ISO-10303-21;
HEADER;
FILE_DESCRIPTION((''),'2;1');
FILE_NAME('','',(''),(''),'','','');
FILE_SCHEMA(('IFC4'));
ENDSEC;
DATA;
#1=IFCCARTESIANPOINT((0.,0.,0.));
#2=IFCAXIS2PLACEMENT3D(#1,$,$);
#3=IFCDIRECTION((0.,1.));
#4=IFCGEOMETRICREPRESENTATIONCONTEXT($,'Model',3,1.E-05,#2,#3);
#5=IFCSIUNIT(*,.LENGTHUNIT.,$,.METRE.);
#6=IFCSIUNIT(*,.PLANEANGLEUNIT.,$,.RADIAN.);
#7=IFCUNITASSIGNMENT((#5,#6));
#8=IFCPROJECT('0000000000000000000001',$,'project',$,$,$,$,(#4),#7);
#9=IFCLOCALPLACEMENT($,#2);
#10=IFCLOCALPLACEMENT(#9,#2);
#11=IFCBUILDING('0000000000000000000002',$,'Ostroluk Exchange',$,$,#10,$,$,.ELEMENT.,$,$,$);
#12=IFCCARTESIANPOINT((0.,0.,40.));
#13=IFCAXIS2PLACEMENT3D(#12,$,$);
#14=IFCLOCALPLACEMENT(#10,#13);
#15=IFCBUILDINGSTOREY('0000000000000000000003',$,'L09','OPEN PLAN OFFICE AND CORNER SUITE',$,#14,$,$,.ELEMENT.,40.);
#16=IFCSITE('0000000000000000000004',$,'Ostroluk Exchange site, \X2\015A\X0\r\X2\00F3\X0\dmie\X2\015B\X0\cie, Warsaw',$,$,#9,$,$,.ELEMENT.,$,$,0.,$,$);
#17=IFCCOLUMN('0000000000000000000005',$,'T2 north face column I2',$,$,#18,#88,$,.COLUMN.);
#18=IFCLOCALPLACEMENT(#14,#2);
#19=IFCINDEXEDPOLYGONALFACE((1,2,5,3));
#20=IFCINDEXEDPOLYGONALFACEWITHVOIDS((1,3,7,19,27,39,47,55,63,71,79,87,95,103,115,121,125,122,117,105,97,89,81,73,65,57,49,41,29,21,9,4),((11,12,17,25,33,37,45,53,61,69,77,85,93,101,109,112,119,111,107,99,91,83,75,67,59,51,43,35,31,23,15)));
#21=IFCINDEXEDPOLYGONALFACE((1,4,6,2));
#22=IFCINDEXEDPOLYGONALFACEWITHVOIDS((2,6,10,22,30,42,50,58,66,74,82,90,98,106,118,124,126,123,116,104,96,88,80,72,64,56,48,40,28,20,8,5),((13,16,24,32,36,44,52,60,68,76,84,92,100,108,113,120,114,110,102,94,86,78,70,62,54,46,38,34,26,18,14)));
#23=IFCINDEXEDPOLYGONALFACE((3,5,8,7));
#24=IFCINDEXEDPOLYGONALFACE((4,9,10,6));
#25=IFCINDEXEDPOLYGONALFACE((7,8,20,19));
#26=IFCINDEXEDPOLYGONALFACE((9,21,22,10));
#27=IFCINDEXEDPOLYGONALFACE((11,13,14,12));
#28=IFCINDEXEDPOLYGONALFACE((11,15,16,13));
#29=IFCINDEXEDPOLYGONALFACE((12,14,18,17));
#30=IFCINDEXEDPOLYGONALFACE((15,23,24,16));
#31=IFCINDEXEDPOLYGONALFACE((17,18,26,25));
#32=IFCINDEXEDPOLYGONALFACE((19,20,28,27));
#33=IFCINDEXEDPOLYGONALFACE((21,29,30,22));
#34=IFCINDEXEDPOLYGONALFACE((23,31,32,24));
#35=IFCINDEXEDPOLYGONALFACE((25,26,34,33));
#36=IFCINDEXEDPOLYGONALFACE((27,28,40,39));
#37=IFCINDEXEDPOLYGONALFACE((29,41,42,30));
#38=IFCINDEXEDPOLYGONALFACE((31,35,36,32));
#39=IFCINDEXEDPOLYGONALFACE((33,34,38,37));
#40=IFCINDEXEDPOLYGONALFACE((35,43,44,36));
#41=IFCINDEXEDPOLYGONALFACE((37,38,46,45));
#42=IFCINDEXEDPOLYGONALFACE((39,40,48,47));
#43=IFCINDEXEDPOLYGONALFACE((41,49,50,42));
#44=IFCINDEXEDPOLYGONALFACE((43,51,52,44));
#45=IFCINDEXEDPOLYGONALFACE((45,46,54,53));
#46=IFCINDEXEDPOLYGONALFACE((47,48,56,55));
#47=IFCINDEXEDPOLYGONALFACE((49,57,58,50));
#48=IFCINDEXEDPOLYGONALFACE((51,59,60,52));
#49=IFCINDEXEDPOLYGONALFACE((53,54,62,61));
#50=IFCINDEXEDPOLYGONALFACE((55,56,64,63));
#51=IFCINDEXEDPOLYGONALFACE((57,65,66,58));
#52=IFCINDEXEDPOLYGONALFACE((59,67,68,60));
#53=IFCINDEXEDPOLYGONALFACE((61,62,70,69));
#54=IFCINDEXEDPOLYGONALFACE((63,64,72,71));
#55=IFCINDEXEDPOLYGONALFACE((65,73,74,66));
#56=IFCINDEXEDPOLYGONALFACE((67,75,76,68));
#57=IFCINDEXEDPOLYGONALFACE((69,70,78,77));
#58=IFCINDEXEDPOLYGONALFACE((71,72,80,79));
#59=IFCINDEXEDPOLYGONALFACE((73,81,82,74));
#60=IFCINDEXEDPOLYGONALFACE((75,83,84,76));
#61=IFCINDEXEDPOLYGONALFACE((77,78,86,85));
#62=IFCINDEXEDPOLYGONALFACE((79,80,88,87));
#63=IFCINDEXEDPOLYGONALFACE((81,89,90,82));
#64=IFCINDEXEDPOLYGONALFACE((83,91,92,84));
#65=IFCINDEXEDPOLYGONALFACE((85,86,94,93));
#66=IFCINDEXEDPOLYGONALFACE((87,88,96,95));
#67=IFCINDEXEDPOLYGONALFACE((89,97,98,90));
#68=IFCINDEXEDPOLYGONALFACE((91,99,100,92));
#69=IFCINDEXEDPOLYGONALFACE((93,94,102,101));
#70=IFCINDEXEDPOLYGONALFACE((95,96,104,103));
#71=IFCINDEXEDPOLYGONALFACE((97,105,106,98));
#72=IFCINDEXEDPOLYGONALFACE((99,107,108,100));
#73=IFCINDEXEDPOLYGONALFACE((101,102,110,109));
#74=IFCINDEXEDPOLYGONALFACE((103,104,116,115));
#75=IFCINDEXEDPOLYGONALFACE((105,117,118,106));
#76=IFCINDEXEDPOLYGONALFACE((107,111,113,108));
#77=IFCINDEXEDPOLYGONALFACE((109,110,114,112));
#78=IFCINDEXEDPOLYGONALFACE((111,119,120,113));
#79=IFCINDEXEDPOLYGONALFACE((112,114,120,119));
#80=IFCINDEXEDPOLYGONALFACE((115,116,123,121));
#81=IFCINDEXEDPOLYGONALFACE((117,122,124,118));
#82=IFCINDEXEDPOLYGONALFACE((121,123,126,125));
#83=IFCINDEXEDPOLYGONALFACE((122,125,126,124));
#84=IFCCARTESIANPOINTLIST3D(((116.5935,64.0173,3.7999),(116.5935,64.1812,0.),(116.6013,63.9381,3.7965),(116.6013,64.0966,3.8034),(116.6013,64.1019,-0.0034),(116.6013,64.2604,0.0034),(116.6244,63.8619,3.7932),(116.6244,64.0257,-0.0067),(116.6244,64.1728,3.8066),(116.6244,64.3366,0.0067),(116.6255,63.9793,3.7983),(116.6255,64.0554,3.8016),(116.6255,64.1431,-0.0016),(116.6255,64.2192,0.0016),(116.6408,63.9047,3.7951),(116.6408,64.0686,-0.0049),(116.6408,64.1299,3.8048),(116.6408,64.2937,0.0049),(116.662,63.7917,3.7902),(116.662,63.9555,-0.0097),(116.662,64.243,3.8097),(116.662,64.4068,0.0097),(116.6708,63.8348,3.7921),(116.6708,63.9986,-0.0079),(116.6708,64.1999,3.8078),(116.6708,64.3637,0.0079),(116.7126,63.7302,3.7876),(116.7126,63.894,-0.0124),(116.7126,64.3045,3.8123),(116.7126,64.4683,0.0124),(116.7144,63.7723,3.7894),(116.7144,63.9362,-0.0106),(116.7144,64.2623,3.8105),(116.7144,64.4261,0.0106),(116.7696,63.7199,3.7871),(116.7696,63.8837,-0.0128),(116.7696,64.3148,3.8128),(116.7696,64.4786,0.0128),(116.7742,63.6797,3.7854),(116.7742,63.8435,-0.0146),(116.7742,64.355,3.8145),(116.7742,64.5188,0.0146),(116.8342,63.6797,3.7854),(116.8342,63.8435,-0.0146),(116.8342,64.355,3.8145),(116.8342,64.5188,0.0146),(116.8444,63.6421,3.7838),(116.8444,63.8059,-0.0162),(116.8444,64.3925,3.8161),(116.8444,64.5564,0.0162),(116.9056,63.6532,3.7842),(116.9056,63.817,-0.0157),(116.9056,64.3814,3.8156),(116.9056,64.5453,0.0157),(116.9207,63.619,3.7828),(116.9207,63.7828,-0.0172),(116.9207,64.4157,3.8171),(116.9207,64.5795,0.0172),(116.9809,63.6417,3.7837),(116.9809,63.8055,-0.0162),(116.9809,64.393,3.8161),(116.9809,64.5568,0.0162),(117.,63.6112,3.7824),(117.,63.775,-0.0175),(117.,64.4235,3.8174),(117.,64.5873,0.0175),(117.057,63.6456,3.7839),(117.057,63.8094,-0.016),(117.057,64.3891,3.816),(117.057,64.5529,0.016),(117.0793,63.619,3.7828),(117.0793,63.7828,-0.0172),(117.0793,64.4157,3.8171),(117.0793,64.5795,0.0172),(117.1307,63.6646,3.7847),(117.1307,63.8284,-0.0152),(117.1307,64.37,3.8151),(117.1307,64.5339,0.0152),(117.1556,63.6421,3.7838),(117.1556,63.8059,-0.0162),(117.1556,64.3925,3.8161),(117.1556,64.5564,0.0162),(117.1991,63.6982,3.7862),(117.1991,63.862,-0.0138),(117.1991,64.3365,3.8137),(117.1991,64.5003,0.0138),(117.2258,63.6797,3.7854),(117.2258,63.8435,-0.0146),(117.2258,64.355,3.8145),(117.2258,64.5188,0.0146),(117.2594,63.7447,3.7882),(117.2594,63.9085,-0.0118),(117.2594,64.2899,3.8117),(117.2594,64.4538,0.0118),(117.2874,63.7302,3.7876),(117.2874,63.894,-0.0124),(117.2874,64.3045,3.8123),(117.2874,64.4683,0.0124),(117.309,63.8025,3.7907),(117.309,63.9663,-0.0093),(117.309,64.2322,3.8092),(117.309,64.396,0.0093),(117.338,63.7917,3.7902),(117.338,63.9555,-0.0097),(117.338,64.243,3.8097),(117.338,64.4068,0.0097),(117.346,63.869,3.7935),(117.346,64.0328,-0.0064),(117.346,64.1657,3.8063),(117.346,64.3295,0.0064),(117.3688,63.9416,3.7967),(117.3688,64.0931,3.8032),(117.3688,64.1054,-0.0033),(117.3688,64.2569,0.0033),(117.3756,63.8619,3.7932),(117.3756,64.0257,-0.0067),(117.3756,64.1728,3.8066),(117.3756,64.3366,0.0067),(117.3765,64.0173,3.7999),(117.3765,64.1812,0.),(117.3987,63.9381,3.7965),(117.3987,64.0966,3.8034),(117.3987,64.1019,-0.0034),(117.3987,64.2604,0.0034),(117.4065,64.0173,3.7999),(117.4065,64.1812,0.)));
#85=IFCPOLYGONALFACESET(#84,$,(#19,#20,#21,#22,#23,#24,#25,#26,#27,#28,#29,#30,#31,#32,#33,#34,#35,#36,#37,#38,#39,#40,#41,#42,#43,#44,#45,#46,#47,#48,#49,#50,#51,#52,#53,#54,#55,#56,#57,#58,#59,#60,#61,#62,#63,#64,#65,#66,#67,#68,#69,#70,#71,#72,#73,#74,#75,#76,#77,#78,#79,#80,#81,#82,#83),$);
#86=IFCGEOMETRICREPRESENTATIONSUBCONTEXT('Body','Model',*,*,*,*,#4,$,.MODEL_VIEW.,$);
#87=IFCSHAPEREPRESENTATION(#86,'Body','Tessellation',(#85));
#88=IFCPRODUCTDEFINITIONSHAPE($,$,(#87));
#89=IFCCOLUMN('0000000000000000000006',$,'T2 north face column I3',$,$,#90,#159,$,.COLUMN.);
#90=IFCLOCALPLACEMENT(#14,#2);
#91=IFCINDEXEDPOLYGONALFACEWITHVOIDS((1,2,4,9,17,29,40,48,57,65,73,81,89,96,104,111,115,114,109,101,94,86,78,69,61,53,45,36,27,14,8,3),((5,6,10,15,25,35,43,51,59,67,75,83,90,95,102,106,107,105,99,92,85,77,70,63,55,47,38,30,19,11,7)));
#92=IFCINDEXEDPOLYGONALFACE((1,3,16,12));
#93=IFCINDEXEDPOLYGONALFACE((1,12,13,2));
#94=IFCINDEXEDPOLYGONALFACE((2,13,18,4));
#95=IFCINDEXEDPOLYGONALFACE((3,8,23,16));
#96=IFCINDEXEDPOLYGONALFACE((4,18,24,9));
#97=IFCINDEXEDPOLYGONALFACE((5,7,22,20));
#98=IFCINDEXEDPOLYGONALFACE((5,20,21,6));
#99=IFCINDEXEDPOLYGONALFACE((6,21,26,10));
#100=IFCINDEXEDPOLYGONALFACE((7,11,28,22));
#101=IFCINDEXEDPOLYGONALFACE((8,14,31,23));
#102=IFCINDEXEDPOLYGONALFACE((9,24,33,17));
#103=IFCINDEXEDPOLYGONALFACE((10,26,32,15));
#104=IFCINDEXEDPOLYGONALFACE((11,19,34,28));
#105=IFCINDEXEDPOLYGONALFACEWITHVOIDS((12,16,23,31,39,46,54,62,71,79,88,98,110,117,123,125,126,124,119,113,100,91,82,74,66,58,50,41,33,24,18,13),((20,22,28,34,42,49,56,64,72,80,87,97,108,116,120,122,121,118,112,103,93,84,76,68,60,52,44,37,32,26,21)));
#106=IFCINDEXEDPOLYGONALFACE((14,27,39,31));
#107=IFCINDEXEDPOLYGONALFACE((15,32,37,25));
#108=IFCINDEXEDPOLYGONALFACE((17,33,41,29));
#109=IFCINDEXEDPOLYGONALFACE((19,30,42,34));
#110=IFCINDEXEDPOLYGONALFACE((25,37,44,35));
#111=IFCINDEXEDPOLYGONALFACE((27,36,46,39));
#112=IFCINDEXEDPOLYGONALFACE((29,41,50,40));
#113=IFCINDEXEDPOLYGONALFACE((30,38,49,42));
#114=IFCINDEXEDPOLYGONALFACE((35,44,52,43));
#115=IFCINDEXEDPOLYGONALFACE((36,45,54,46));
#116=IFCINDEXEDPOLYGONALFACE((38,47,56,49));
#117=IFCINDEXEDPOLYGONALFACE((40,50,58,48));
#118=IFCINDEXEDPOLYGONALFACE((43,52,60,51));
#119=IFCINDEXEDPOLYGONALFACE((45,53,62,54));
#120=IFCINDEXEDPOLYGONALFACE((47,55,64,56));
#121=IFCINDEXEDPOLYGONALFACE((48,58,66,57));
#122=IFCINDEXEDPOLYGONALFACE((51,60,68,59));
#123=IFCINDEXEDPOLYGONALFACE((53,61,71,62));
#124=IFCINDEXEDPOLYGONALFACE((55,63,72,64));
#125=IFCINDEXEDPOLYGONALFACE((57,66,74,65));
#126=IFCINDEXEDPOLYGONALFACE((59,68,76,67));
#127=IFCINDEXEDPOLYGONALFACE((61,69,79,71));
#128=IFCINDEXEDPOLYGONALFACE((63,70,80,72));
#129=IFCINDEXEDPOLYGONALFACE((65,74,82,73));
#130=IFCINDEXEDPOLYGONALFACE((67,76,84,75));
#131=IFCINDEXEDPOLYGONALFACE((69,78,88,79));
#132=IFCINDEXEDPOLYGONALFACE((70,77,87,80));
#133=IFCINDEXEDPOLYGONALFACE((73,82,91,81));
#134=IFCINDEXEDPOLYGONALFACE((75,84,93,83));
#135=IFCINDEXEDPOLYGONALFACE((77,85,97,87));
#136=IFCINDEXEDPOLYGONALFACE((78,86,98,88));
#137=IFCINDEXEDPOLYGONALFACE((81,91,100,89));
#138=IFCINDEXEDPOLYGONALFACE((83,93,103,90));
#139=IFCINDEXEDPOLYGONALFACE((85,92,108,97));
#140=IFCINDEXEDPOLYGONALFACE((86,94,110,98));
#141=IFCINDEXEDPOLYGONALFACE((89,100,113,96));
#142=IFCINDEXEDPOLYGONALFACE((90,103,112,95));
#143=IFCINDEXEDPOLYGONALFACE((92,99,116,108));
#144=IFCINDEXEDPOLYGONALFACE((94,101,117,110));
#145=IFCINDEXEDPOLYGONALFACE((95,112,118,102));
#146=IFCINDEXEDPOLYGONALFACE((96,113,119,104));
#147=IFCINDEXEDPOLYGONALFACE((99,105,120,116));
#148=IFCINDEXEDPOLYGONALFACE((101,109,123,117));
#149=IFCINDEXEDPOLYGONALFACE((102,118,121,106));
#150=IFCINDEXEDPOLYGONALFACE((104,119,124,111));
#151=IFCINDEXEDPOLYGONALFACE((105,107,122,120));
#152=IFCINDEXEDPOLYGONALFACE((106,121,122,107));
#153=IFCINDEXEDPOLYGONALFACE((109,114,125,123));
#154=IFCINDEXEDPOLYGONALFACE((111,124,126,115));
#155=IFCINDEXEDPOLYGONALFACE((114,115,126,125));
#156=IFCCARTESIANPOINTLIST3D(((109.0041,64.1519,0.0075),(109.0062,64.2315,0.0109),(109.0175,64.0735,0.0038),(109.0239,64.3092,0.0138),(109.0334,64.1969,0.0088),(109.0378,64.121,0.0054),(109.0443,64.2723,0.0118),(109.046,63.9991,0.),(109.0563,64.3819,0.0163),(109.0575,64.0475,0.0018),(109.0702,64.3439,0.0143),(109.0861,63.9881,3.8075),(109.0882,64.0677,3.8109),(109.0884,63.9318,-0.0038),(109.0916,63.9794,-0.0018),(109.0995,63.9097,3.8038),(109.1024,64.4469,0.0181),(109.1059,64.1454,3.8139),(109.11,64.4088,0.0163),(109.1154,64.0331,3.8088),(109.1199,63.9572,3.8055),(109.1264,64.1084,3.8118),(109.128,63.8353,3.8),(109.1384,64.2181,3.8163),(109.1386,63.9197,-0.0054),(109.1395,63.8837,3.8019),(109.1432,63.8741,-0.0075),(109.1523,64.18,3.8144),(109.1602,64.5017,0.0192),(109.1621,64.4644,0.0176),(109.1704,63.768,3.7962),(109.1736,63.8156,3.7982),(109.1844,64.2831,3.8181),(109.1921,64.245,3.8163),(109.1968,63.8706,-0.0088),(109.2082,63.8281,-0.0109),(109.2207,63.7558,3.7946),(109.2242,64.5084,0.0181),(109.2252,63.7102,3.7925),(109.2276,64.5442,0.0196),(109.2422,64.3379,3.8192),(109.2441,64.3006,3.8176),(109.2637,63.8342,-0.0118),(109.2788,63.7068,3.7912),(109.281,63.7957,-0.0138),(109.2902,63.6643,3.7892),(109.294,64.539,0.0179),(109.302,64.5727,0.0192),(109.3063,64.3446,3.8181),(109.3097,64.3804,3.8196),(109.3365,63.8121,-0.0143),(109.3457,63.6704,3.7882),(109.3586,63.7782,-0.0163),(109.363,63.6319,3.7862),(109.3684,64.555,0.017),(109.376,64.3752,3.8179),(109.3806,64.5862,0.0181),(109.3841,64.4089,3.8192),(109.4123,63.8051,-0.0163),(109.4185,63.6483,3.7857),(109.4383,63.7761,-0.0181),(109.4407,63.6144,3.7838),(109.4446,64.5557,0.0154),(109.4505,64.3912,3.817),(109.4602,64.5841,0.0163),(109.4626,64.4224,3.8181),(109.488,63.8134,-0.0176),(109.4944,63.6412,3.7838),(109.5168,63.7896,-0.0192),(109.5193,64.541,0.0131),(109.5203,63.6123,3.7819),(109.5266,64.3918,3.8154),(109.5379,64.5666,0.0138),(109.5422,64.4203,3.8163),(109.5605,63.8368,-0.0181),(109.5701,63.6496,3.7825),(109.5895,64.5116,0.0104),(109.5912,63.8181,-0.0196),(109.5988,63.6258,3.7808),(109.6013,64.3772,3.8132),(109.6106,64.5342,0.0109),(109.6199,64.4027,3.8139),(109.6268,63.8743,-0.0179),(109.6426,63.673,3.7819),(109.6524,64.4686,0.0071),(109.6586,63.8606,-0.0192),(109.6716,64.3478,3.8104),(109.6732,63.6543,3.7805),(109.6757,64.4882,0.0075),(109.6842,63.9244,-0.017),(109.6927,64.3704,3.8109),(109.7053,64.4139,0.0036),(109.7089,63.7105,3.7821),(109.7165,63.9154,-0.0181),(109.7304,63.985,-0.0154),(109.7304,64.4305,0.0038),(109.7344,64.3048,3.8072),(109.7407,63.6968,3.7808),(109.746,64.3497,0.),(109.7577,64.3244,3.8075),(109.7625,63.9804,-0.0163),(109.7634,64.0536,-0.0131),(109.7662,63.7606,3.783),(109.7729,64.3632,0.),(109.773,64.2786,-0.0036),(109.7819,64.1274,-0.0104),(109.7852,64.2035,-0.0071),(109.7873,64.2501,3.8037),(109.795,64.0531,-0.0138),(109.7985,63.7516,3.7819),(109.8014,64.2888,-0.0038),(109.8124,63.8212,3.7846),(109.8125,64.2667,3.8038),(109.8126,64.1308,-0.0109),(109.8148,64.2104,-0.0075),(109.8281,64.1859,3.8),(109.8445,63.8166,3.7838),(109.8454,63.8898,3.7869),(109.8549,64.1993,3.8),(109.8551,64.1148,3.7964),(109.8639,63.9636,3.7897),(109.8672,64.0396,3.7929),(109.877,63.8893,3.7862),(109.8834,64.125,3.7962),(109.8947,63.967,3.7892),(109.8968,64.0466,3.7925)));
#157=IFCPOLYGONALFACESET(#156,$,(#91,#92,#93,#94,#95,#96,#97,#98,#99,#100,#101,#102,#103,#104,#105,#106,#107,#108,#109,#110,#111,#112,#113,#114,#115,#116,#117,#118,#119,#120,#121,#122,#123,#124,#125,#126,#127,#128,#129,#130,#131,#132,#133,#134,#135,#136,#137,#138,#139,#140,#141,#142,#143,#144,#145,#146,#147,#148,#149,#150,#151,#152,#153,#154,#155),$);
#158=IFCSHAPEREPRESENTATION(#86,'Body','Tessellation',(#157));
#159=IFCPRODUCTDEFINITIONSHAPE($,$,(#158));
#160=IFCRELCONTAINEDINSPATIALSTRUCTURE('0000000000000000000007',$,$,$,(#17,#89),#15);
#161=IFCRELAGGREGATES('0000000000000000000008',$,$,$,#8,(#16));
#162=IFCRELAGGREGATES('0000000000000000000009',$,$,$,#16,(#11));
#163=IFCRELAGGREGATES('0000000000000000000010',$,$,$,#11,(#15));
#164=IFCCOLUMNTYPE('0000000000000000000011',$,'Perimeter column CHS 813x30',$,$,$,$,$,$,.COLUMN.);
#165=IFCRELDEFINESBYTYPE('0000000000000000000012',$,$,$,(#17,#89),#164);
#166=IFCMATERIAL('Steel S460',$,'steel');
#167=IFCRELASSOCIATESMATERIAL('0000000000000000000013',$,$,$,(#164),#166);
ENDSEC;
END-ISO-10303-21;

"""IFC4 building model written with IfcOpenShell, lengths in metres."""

from ifc_helpers import new_model, si_unit, direction, frame, origin, origin_2d, place, context, subcontext, project, spatial, hollow_circle, extrude, material, material_profile, profile_set, type_object, element, save


model = new_model("IFC4")

# Units and contexts
model_context = context("Model", 3, precision=1e-05, world=origin(), true_north=direction((0.0, 1.0)))
body_context = subcontext(model_context, "Body", "Model", "MODEL_VIEW")
ifc_project = project(units=[si_unit("LENGTHUNIT", "METRE"), si_unit("PLANEANGLEUNIT", "RADIAN")], contexts=[model_context])

# Site, building, storey
site_placement = place(None, origin())
site = spatial("IfcSite", under=ifc_project, at=site_placement, Name="Ostroluk Exchange site, Śródmieście, Warsaw", CompositionType="ELEMENT", RefElevation=0.0)
building_placement = place(site_placement, origin())
building = spatial("IfcBuilding", under=site, at=building_placement, Name="Ostroluk Exchange", CompositionType="ELEMENT")
storey_placement = place(building_placement, frame((0.0, 0.0, 40.0)))
storey = spatial("IfcBuildingStorey", under=building, at=storey_placement, Name="L09", Description="OPEN PLAN OFFICE AND CORNER SUITE", CompositionType="ELEMENT", Elevation=40.0)

# Columns
ifc_material_1 = material(Name="Steel S460", Category="steel")
ifc_material_profile_1 = material_profile(ifc_material_1, hollow_circle(Radius=0.4065, WallThickness=0.03, at=origin_2d()), Name="CHS 813x30")
ifc_profile_set_1 = profile_set([ifc_material_profile_1], Name="Steel S460")
column_type = type_object("IfcColumnType", Name="Perimeter column CHS 813x30", PredefinedType="COLUMN", material=ifc_profile_set_1)
column_1_placement = place(storey_placement, frame((117.0, 64.1812, 0.0), z_axis=(0.0, -0.04307, 0.999072), x_axis=(1.0, 0.0, 0.0)))
element("IfcColumn", 1, at=column_1_placement, inside=storey, type_object=column_type, Name="T2 north face column I2", PredefinedType="COLUMN", context=body_context, shape_type="SweptSolid", body=[
    extrude(hollow_circle(Radius=0.4065, WallThickness=0.03, at=origin_2d()), origin(), (0.0, 0.0, 1.0), 3.8035),
])
column_2_placement = place(storey_placement, frame((109.4094, 64.1812, 0.0), z_axis=(0.021562, -0.04306, 0.99884), x_axis=(0.894161, 0.447747, 0.0)))
element("IfcColumn", 2, at=column_2_placement, inside=storey, type_object=column_type, Name="T2 north face column I3", PredefinedType="COLUMN", context=body_context, shape_type="SweptSolid", body=[
    extrude(hollow_circle(Radius=0.4065, WallThickness=0.03, at=origin_2d()), origin(), (0.0, 0.0, 1.0), 3.8044),
])

save(model, "model.ifc")
